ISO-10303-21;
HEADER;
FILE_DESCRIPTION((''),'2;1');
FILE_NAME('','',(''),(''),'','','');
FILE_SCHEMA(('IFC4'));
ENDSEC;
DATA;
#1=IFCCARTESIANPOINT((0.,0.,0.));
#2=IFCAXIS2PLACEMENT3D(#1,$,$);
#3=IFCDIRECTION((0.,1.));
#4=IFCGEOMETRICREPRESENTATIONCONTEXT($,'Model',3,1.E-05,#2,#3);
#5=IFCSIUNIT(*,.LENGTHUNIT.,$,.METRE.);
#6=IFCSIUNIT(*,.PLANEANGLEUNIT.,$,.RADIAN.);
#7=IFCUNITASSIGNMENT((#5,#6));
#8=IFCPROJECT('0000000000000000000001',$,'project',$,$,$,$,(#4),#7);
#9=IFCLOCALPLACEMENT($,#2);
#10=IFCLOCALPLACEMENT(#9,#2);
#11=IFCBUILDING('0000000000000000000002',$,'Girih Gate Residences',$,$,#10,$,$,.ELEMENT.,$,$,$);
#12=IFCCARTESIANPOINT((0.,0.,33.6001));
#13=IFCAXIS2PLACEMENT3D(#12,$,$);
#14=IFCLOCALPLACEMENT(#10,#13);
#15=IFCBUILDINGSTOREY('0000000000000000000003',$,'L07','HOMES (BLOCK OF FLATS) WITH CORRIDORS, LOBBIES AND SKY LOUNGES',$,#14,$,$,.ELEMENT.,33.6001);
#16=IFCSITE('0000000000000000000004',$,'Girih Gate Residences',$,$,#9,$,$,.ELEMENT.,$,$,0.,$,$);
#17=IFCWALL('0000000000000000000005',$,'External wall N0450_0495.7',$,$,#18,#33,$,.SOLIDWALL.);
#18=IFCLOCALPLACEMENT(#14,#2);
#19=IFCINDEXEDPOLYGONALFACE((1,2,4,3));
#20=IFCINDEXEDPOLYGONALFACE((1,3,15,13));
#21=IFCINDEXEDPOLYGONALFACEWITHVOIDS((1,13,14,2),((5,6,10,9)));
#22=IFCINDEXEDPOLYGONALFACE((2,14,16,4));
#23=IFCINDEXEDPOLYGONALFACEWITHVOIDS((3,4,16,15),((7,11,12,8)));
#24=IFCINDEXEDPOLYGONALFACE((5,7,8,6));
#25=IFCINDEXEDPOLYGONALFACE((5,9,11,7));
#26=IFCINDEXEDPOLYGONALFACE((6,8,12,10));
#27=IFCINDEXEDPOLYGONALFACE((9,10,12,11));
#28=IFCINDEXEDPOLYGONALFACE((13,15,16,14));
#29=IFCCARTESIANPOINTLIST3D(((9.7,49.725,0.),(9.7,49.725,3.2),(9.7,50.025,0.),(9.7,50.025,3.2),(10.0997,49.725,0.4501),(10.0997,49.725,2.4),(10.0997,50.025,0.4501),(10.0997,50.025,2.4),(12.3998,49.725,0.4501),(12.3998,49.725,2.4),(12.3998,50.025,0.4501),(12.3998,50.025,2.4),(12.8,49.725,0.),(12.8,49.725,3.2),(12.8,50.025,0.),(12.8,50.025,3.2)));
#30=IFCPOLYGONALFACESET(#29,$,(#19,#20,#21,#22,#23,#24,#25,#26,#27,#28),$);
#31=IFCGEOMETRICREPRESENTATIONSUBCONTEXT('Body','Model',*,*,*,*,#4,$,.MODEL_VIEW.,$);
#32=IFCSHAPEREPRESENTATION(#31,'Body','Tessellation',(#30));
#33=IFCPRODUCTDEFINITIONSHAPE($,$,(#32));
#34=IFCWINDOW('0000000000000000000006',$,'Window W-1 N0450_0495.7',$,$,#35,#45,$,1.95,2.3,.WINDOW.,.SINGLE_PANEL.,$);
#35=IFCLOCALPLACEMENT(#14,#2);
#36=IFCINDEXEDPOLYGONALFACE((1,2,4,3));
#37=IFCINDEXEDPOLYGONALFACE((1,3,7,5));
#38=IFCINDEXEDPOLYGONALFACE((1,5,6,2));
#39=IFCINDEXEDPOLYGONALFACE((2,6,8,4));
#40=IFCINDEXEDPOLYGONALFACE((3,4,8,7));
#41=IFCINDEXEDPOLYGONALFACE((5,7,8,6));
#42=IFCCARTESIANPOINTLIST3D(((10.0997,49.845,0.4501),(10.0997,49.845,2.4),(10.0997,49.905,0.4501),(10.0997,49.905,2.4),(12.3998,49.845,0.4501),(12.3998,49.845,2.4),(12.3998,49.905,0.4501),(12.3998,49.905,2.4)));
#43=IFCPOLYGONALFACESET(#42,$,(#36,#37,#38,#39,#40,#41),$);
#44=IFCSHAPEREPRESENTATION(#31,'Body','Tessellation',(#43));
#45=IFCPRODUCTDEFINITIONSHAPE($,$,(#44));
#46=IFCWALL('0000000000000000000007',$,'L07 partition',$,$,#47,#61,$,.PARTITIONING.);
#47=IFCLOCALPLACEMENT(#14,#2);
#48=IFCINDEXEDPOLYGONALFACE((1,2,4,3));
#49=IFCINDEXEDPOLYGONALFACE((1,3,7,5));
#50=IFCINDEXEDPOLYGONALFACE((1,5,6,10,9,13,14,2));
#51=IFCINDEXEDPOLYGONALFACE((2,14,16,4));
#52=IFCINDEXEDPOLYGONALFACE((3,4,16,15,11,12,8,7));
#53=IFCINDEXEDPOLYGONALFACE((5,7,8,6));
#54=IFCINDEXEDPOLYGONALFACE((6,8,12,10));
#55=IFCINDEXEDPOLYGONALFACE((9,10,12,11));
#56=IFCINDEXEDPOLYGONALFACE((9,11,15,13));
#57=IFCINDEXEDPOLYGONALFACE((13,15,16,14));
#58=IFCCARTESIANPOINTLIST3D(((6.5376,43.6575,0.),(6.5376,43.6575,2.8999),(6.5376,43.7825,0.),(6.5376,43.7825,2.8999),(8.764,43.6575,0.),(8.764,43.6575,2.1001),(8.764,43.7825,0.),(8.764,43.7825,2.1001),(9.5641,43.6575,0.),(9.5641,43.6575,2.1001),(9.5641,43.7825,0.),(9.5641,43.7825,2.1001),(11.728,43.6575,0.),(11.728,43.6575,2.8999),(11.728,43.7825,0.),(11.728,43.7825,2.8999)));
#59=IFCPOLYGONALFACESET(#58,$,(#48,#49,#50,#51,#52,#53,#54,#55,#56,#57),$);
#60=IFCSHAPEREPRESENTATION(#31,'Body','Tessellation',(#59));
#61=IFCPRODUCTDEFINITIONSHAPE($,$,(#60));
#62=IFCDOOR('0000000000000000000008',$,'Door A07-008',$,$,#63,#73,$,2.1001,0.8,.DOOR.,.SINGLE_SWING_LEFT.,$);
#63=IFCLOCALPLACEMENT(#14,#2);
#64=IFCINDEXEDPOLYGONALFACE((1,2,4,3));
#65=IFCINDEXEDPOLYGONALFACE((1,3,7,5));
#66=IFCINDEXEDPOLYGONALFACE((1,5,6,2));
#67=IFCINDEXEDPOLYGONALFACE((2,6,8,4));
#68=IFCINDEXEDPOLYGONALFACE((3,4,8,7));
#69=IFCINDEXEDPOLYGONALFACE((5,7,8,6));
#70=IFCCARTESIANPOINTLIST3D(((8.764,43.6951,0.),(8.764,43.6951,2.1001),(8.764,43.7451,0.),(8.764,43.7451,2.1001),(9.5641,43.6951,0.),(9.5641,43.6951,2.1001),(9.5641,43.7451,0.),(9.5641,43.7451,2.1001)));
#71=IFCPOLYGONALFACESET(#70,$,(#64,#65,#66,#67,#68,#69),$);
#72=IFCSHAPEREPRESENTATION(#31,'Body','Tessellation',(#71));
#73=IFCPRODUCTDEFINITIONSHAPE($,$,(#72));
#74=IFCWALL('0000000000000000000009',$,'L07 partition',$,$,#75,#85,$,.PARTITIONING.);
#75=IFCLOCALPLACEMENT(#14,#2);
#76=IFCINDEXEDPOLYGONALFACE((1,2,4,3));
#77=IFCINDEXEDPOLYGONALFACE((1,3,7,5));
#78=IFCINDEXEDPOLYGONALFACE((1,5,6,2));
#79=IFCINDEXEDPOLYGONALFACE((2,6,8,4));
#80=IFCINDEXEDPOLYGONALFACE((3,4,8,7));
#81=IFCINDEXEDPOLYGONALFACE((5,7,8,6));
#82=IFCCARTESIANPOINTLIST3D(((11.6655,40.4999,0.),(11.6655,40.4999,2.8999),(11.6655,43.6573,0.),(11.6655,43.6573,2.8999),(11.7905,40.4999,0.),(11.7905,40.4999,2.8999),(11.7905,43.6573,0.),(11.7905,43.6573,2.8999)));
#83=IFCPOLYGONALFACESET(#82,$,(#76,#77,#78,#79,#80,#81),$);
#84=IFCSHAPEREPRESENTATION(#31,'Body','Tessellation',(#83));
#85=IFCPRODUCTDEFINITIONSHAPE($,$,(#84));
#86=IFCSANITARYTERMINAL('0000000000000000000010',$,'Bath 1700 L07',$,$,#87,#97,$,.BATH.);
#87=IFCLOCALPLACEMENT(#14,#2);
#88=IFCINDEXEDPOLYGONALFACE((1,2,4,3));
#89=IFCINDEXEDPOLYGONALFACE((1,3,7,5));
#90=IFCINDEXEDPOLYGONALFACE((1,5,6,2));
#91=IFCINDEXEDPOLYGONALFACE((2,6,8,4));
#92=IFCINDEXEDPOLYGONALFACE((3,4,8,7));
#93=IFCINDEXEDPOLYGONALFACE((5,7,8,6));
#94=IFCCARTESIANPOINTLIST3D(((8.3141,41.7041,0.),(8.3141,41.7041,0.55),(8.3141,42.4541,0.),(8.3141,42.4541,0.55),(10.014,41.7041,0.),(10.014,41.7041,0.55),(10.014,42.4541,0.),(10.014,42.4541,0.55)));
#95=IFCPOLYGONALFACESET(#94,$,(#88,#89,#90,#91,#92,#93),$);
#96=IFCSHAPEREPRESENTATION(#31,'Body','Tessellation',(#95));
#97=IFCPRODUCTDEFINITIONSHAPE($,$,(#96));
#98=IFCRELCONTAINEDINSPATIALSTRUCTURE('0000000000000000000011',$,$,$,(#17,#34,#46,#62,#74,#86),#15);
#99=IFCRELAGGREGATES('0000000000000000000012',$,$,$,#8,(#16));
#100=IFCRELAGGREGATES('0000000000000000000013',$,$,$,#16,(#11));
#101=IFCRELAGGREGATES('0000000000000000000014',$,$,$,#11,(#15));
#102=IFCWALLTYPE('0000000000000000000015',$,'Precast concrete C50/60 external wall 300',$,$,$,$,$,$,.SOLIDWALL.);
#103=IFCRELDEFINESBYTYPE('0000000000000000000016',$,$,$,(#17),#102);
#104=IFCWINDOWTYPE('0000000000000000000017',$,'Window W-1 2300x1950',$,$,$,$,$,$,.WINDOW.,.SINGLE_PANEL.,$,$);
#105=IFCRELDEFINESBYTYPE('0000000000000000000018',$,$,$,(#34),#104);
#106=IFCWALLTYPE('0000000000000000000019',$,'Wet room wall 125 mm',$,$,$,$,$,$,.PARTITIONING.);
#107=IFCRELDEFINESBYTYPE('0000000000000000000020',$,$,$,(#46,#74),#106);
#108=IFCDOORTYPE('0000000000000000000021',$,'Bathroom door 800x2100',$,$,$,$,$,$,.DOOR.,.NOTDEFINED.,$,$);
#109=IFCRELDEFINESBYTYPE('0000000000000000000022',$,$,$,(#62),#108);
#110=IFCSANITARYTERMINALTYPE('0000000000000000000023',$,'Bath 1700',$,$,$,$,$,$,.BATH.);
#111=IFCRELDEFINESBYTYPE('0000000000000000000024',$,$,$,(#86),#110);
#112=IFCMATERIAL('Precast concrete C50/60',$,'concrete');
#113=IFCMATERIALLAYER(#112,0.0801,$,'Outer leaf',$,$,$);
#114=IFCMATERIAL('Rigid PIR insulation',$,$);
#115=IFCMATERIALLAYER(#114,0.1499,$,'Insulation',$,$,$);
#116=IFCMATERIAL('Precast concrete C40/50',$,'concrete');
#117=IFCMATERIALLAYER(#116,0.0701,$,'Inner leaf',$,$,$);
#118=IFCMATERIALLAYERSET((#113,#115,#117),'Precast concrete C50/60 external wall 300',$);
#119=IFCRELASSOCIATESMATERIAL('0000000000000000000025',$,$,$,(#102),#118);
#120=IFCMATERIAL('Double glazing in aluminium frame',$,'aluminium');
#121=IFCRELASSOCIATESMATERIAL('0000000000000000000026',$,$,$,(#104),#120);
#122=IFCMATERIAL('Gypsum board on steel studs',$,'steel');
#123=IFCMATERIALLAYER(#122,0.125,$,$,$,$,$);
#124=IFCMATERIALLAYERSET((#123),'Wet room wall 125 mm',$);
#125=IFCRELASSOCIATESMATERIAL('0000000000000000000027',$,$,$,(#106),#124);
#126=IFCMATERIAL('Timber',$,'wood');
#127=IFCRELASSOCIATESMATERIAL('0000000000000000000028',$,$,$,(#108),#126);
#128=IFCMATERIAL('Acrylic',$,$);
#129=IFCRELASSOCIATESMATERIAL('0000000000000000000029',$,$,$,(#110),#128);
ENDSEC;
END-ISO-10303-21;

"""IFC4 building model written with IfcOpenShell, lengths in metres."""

from ifc_helpers import new_model, si_unit, direction, frame, frame_2d, origin, origin_2d, place, context, subcontext, project, spatial, rectangle, extrude, material, layer, layer_set, type_object, element, fill, save


model = new_model("IFC4")

# Units and contexts
model_context = context("Model", 3, precision=1e-05, world=origin(), true_north=direction((0.0, 1.0)))
body_context = subcontext(model_context, "Body", "Model", "MODEL_VIEW")
ifc_project = project(units=[si_unit("LENGTHUNIT", "METRE"), si_unit("PLANEANGLEUNIT", "RADIAN")], contexts=[model_context])

# Site, building, storey
site_placement = place(None, origin())
site = spatial("IfcSite", under=ifc_project, at=site_placement, Name="Girih Gate Residences", CompositionType="ELEMENT", RefElevation=0.0)
building_placement = place(site_placement, origin())
building = spatial("IfcBuilding", under=site, at=building_placement, Name="Girih Gate Residences", CompositionType="ELEMENT")
storey_placement = place(building_placement, frame((0.0, 0.0, 33.6001)))
storey = spatial("IfcBuildingStorey", under=building, at=storey_placement, Name="L07", Description="HOMES (BLOCK OF FLATS) WITH CORRIDORS, LOBBIES AND SKY LOUNGES", CompositionType="ELEMENT", Elevation=33.6001)

# Shared definitions
ifc_material_1 = material(Name="Gypsum board on steel studs", Category="steel")

# Shared definitions
ifc_material_2 = material(Name="Timber", Category="wood")

# Wall, opening, window
ifc_material_3 = material(Name="Precast concrete C50/60", Category="concrete")
ifc_layer_1 = layer(ifc_material_3, 0.0801, Name="Outer leaf")
ifc_material_4 = material(Name="Rigid PIR insulation")
ifc_layer_2 = layer(ifc_material_4, 0.1499, Name="Insulation")
ifc_material_5 = material(Name="Precast concrete C40/50", Category="concrete")
ifc_layer_3 = layer(ifc_material_5, 0.0701, Name="Inner leaf")
ifc_layer_set_1 = layer_set([ifc_layer_1, ifc_layer_2, ifc_layer_3], Name="Precast concrete C50/60 external wall 300")
wall_type_1 = type_object("IfcWallType", Name="Precast concrete C50/60 external wall 300", PredefinedType="SOLIDWALL", material=ifc_layer_set_1)
ifc_material_6 = material(Name="Double glazing in aluminium frame", Category="aluminium")
window_type = type_object("IfcWindowType", Name="Window W-1 2300x1950", PartitioningType="SINGLE_PANEL", PredefinedType="WINDOW", material=ifc_material_6)
wall_1_placement = place(storey_placement, frame((9.7, 49.875, 0.0), z_axis=(0.0, 0.0, 1.0), x_axis=(1.0, 0.0, 0.0)))
wall_1 = element("IfcWall", 1, at=wall_1_placement, inside=storey, type_object=wall_type_1, Name="External wall N0450_0495.7", PredefinedType="SOLIDWALL", context=body_context, shape_type="SweptSolid", body=[
    extrude(rectangle(XDim=3.1001, YDim=0.3, at=frame_2d((1.55, 0.0))), origin(), (0.0, 0.0, 1.0), 3.2),
])
opening_1_placement = place(wall_1_placement, frame((0.3999, 0.0, 0.45)))
opening_1 = element("IfcOpeningElement", 2, at=opening_1_placement, cuts=wall_1, PredefinedType="OPENING", context=body_context, shape_type="SweptSolid", body=[
    extrude(rectangle(XDim=2.3, YDim=1.95, at=frame_2d((1.1499, 0.9751))), frame((0.0, 0.1599, 0.0), z_axis=(0.0, -1.0, 0.0), x_axis=(1.0, 0.0, 0.0)), (0.0, 0.0, 1.0), 0.3201),
])
window_1_placement = place(opening_1_placement, origin())
window_1 = element("IfcWindow", 3, at=window_1_placement, inside=storey, type_object=window_type, Name="Window W-1 N0450_0495.7", OverallHeight=1.95, OverallWidth=2.3, PartitioningType="SINGLE_PANEL", PredefinedType="WINDOW", context=body_context, shape_type="SweptSolid", body=[
    extrude(rectangle(XDim=2.3, YDim=1.95, at=frame_2d((1.1499, 0.9751))), frame((0.0, 0.03, 0.0), z_axis=(0.0, -1.0, 0.0), x_axis=(1.0, 0.0, 0.0)), (0.0, 0.0, 1.0), 0.0601),
])
fill(opening_1, window_1)

# Wall, opening, door
ifc_layer_4 = layer(ifc_material_1, 0.125)
ifc_layer_set_2 = layer_set([ifc_layer_4], Name="Wet room wall 125 mm")
wall_type_2 = type_object("IfcWallType", Name="Wet room wall 125 mm", PredefinedType="PARTITIONING", material=ifc_layer_set_2)
wall_2_placement = place(storey_placement, frame((11.728, 43.72, 0.0), z_axis=(0.0, 0.0, 1.0), x_axis=(-1.0, 0.0, 0.0)))
wall_2 = element("IfcWall", 4, at=wall_2_placement, inside=storey, type_object=wall_type_2, Name="L07 partition", PredefinedType="PARTITIONING", context=body_context, shape_type="SweptSolid", body=[
    extrude(rectangle(XDim=5.1904, YDim=0.125, at=frame_2d((2.5952, 0.0))), origin(), (0.0, 0.0, 1.0), 2.8999),
])
opening_2_placement = place(wall_2_placement, frame((2.1641, 0.0, 0.0)))
opening_2 = element("IfcOpeningElement", 5, at=opening_2_placement, cuts=wall_2, PredefinedType="OPENING", context=body_context, shape_type="SweptSolid", body=[
    extrude(rectangle(XDim=0.8, YDim=2.1001, at=frame_2d((0.3999, 1.05))), frame((0.0, 0.0725, 0.0), z_axis=(0.0, -1.0, 0.0), x_axis=(1.0, 0.0, 0.0)), (0.0, 0.0, 1.0), 0.145),
])
door_type_1 = type_object("IfcDoorType", Name="Bathroom door 800x2100", OperationType="NOTDEFINED", PredefinedType="DOOR", material=ifc_material_2)
door_1_placement = place(opening_2_placement, origin())
door_1 = element("IfcDoor", 6, at=door_1_placement, inside=storey, type_object=door_type_1, Name="Door A07-008", OperationType="SINGLE_SWING_LEFT", OverallHeight=2.1001, OverallWidth=0.8, PredefinedType="DOOR", context=body_context, shape_type="SweptSolid", body=[
    extrude(rectangle(XDim=0.8, YDim=2.1001, at=frame_2d((0.3999, 1.05))), frame((0.0, 0.0249, 0.0), z_axis=(0.0, -1.0, 0.0), x_axis=(1.0, 0.0, 0.0)), (0.0, 0.0, 1.0), 0.05),
])
fill(opening_2, door_1)

# Wall
wall_3_placement = place(storey_placement, frame((11.728, 40.5, 0.0), z_axis=(0.0, 0.0, 1.0), x_axis=(0.0, 1.0, 0.0)))
element("IfcWall", 7, at=wall_3_placement, inside=storey, type_object=wall_type_2, Name="L07 partition", PredefinedType="PARTITIONING", context=body_context, shape_type="SweptSolid", body=[
    extrude(rectangle(XDim=3.1575, YDim=0.125, at=frame_2d((1.5786, 0.0))), origin(), (0.0, 0.0, 1.0), 2.8999),
])

# Sanitary terminal
ifc_material_7 = material(Name="Acrylic")
sanitary_terminal_type = type_object("IfcSanitaryTerminalType", Name="Bath 1700", PredefinedType="BATH", material=ifc_material_7)
sanitary_terminal_placement = place(storey_placement, frame((9.1641, 42.0791, 0.0), z_axis=(0.0, 0.0, 1.0), x_axis=(1.0, 0.0, 0.0)))
element("IfcSanitaryTerminal", 8, at=sanitary_terminal_placement, inside=storey, type_object=sanitary_terminal_type, Name="Bath 1700 L07", PredefinedType="BATH", context=body_context, shape_type="SweptSolid", body=[
    extrude(rectangle(XDim=1.7, YDim=0.75, at=origin_2d()), origin(), (0.0, 0.0, 1.0), 0.55),
])

save(model, "model.ifc")
